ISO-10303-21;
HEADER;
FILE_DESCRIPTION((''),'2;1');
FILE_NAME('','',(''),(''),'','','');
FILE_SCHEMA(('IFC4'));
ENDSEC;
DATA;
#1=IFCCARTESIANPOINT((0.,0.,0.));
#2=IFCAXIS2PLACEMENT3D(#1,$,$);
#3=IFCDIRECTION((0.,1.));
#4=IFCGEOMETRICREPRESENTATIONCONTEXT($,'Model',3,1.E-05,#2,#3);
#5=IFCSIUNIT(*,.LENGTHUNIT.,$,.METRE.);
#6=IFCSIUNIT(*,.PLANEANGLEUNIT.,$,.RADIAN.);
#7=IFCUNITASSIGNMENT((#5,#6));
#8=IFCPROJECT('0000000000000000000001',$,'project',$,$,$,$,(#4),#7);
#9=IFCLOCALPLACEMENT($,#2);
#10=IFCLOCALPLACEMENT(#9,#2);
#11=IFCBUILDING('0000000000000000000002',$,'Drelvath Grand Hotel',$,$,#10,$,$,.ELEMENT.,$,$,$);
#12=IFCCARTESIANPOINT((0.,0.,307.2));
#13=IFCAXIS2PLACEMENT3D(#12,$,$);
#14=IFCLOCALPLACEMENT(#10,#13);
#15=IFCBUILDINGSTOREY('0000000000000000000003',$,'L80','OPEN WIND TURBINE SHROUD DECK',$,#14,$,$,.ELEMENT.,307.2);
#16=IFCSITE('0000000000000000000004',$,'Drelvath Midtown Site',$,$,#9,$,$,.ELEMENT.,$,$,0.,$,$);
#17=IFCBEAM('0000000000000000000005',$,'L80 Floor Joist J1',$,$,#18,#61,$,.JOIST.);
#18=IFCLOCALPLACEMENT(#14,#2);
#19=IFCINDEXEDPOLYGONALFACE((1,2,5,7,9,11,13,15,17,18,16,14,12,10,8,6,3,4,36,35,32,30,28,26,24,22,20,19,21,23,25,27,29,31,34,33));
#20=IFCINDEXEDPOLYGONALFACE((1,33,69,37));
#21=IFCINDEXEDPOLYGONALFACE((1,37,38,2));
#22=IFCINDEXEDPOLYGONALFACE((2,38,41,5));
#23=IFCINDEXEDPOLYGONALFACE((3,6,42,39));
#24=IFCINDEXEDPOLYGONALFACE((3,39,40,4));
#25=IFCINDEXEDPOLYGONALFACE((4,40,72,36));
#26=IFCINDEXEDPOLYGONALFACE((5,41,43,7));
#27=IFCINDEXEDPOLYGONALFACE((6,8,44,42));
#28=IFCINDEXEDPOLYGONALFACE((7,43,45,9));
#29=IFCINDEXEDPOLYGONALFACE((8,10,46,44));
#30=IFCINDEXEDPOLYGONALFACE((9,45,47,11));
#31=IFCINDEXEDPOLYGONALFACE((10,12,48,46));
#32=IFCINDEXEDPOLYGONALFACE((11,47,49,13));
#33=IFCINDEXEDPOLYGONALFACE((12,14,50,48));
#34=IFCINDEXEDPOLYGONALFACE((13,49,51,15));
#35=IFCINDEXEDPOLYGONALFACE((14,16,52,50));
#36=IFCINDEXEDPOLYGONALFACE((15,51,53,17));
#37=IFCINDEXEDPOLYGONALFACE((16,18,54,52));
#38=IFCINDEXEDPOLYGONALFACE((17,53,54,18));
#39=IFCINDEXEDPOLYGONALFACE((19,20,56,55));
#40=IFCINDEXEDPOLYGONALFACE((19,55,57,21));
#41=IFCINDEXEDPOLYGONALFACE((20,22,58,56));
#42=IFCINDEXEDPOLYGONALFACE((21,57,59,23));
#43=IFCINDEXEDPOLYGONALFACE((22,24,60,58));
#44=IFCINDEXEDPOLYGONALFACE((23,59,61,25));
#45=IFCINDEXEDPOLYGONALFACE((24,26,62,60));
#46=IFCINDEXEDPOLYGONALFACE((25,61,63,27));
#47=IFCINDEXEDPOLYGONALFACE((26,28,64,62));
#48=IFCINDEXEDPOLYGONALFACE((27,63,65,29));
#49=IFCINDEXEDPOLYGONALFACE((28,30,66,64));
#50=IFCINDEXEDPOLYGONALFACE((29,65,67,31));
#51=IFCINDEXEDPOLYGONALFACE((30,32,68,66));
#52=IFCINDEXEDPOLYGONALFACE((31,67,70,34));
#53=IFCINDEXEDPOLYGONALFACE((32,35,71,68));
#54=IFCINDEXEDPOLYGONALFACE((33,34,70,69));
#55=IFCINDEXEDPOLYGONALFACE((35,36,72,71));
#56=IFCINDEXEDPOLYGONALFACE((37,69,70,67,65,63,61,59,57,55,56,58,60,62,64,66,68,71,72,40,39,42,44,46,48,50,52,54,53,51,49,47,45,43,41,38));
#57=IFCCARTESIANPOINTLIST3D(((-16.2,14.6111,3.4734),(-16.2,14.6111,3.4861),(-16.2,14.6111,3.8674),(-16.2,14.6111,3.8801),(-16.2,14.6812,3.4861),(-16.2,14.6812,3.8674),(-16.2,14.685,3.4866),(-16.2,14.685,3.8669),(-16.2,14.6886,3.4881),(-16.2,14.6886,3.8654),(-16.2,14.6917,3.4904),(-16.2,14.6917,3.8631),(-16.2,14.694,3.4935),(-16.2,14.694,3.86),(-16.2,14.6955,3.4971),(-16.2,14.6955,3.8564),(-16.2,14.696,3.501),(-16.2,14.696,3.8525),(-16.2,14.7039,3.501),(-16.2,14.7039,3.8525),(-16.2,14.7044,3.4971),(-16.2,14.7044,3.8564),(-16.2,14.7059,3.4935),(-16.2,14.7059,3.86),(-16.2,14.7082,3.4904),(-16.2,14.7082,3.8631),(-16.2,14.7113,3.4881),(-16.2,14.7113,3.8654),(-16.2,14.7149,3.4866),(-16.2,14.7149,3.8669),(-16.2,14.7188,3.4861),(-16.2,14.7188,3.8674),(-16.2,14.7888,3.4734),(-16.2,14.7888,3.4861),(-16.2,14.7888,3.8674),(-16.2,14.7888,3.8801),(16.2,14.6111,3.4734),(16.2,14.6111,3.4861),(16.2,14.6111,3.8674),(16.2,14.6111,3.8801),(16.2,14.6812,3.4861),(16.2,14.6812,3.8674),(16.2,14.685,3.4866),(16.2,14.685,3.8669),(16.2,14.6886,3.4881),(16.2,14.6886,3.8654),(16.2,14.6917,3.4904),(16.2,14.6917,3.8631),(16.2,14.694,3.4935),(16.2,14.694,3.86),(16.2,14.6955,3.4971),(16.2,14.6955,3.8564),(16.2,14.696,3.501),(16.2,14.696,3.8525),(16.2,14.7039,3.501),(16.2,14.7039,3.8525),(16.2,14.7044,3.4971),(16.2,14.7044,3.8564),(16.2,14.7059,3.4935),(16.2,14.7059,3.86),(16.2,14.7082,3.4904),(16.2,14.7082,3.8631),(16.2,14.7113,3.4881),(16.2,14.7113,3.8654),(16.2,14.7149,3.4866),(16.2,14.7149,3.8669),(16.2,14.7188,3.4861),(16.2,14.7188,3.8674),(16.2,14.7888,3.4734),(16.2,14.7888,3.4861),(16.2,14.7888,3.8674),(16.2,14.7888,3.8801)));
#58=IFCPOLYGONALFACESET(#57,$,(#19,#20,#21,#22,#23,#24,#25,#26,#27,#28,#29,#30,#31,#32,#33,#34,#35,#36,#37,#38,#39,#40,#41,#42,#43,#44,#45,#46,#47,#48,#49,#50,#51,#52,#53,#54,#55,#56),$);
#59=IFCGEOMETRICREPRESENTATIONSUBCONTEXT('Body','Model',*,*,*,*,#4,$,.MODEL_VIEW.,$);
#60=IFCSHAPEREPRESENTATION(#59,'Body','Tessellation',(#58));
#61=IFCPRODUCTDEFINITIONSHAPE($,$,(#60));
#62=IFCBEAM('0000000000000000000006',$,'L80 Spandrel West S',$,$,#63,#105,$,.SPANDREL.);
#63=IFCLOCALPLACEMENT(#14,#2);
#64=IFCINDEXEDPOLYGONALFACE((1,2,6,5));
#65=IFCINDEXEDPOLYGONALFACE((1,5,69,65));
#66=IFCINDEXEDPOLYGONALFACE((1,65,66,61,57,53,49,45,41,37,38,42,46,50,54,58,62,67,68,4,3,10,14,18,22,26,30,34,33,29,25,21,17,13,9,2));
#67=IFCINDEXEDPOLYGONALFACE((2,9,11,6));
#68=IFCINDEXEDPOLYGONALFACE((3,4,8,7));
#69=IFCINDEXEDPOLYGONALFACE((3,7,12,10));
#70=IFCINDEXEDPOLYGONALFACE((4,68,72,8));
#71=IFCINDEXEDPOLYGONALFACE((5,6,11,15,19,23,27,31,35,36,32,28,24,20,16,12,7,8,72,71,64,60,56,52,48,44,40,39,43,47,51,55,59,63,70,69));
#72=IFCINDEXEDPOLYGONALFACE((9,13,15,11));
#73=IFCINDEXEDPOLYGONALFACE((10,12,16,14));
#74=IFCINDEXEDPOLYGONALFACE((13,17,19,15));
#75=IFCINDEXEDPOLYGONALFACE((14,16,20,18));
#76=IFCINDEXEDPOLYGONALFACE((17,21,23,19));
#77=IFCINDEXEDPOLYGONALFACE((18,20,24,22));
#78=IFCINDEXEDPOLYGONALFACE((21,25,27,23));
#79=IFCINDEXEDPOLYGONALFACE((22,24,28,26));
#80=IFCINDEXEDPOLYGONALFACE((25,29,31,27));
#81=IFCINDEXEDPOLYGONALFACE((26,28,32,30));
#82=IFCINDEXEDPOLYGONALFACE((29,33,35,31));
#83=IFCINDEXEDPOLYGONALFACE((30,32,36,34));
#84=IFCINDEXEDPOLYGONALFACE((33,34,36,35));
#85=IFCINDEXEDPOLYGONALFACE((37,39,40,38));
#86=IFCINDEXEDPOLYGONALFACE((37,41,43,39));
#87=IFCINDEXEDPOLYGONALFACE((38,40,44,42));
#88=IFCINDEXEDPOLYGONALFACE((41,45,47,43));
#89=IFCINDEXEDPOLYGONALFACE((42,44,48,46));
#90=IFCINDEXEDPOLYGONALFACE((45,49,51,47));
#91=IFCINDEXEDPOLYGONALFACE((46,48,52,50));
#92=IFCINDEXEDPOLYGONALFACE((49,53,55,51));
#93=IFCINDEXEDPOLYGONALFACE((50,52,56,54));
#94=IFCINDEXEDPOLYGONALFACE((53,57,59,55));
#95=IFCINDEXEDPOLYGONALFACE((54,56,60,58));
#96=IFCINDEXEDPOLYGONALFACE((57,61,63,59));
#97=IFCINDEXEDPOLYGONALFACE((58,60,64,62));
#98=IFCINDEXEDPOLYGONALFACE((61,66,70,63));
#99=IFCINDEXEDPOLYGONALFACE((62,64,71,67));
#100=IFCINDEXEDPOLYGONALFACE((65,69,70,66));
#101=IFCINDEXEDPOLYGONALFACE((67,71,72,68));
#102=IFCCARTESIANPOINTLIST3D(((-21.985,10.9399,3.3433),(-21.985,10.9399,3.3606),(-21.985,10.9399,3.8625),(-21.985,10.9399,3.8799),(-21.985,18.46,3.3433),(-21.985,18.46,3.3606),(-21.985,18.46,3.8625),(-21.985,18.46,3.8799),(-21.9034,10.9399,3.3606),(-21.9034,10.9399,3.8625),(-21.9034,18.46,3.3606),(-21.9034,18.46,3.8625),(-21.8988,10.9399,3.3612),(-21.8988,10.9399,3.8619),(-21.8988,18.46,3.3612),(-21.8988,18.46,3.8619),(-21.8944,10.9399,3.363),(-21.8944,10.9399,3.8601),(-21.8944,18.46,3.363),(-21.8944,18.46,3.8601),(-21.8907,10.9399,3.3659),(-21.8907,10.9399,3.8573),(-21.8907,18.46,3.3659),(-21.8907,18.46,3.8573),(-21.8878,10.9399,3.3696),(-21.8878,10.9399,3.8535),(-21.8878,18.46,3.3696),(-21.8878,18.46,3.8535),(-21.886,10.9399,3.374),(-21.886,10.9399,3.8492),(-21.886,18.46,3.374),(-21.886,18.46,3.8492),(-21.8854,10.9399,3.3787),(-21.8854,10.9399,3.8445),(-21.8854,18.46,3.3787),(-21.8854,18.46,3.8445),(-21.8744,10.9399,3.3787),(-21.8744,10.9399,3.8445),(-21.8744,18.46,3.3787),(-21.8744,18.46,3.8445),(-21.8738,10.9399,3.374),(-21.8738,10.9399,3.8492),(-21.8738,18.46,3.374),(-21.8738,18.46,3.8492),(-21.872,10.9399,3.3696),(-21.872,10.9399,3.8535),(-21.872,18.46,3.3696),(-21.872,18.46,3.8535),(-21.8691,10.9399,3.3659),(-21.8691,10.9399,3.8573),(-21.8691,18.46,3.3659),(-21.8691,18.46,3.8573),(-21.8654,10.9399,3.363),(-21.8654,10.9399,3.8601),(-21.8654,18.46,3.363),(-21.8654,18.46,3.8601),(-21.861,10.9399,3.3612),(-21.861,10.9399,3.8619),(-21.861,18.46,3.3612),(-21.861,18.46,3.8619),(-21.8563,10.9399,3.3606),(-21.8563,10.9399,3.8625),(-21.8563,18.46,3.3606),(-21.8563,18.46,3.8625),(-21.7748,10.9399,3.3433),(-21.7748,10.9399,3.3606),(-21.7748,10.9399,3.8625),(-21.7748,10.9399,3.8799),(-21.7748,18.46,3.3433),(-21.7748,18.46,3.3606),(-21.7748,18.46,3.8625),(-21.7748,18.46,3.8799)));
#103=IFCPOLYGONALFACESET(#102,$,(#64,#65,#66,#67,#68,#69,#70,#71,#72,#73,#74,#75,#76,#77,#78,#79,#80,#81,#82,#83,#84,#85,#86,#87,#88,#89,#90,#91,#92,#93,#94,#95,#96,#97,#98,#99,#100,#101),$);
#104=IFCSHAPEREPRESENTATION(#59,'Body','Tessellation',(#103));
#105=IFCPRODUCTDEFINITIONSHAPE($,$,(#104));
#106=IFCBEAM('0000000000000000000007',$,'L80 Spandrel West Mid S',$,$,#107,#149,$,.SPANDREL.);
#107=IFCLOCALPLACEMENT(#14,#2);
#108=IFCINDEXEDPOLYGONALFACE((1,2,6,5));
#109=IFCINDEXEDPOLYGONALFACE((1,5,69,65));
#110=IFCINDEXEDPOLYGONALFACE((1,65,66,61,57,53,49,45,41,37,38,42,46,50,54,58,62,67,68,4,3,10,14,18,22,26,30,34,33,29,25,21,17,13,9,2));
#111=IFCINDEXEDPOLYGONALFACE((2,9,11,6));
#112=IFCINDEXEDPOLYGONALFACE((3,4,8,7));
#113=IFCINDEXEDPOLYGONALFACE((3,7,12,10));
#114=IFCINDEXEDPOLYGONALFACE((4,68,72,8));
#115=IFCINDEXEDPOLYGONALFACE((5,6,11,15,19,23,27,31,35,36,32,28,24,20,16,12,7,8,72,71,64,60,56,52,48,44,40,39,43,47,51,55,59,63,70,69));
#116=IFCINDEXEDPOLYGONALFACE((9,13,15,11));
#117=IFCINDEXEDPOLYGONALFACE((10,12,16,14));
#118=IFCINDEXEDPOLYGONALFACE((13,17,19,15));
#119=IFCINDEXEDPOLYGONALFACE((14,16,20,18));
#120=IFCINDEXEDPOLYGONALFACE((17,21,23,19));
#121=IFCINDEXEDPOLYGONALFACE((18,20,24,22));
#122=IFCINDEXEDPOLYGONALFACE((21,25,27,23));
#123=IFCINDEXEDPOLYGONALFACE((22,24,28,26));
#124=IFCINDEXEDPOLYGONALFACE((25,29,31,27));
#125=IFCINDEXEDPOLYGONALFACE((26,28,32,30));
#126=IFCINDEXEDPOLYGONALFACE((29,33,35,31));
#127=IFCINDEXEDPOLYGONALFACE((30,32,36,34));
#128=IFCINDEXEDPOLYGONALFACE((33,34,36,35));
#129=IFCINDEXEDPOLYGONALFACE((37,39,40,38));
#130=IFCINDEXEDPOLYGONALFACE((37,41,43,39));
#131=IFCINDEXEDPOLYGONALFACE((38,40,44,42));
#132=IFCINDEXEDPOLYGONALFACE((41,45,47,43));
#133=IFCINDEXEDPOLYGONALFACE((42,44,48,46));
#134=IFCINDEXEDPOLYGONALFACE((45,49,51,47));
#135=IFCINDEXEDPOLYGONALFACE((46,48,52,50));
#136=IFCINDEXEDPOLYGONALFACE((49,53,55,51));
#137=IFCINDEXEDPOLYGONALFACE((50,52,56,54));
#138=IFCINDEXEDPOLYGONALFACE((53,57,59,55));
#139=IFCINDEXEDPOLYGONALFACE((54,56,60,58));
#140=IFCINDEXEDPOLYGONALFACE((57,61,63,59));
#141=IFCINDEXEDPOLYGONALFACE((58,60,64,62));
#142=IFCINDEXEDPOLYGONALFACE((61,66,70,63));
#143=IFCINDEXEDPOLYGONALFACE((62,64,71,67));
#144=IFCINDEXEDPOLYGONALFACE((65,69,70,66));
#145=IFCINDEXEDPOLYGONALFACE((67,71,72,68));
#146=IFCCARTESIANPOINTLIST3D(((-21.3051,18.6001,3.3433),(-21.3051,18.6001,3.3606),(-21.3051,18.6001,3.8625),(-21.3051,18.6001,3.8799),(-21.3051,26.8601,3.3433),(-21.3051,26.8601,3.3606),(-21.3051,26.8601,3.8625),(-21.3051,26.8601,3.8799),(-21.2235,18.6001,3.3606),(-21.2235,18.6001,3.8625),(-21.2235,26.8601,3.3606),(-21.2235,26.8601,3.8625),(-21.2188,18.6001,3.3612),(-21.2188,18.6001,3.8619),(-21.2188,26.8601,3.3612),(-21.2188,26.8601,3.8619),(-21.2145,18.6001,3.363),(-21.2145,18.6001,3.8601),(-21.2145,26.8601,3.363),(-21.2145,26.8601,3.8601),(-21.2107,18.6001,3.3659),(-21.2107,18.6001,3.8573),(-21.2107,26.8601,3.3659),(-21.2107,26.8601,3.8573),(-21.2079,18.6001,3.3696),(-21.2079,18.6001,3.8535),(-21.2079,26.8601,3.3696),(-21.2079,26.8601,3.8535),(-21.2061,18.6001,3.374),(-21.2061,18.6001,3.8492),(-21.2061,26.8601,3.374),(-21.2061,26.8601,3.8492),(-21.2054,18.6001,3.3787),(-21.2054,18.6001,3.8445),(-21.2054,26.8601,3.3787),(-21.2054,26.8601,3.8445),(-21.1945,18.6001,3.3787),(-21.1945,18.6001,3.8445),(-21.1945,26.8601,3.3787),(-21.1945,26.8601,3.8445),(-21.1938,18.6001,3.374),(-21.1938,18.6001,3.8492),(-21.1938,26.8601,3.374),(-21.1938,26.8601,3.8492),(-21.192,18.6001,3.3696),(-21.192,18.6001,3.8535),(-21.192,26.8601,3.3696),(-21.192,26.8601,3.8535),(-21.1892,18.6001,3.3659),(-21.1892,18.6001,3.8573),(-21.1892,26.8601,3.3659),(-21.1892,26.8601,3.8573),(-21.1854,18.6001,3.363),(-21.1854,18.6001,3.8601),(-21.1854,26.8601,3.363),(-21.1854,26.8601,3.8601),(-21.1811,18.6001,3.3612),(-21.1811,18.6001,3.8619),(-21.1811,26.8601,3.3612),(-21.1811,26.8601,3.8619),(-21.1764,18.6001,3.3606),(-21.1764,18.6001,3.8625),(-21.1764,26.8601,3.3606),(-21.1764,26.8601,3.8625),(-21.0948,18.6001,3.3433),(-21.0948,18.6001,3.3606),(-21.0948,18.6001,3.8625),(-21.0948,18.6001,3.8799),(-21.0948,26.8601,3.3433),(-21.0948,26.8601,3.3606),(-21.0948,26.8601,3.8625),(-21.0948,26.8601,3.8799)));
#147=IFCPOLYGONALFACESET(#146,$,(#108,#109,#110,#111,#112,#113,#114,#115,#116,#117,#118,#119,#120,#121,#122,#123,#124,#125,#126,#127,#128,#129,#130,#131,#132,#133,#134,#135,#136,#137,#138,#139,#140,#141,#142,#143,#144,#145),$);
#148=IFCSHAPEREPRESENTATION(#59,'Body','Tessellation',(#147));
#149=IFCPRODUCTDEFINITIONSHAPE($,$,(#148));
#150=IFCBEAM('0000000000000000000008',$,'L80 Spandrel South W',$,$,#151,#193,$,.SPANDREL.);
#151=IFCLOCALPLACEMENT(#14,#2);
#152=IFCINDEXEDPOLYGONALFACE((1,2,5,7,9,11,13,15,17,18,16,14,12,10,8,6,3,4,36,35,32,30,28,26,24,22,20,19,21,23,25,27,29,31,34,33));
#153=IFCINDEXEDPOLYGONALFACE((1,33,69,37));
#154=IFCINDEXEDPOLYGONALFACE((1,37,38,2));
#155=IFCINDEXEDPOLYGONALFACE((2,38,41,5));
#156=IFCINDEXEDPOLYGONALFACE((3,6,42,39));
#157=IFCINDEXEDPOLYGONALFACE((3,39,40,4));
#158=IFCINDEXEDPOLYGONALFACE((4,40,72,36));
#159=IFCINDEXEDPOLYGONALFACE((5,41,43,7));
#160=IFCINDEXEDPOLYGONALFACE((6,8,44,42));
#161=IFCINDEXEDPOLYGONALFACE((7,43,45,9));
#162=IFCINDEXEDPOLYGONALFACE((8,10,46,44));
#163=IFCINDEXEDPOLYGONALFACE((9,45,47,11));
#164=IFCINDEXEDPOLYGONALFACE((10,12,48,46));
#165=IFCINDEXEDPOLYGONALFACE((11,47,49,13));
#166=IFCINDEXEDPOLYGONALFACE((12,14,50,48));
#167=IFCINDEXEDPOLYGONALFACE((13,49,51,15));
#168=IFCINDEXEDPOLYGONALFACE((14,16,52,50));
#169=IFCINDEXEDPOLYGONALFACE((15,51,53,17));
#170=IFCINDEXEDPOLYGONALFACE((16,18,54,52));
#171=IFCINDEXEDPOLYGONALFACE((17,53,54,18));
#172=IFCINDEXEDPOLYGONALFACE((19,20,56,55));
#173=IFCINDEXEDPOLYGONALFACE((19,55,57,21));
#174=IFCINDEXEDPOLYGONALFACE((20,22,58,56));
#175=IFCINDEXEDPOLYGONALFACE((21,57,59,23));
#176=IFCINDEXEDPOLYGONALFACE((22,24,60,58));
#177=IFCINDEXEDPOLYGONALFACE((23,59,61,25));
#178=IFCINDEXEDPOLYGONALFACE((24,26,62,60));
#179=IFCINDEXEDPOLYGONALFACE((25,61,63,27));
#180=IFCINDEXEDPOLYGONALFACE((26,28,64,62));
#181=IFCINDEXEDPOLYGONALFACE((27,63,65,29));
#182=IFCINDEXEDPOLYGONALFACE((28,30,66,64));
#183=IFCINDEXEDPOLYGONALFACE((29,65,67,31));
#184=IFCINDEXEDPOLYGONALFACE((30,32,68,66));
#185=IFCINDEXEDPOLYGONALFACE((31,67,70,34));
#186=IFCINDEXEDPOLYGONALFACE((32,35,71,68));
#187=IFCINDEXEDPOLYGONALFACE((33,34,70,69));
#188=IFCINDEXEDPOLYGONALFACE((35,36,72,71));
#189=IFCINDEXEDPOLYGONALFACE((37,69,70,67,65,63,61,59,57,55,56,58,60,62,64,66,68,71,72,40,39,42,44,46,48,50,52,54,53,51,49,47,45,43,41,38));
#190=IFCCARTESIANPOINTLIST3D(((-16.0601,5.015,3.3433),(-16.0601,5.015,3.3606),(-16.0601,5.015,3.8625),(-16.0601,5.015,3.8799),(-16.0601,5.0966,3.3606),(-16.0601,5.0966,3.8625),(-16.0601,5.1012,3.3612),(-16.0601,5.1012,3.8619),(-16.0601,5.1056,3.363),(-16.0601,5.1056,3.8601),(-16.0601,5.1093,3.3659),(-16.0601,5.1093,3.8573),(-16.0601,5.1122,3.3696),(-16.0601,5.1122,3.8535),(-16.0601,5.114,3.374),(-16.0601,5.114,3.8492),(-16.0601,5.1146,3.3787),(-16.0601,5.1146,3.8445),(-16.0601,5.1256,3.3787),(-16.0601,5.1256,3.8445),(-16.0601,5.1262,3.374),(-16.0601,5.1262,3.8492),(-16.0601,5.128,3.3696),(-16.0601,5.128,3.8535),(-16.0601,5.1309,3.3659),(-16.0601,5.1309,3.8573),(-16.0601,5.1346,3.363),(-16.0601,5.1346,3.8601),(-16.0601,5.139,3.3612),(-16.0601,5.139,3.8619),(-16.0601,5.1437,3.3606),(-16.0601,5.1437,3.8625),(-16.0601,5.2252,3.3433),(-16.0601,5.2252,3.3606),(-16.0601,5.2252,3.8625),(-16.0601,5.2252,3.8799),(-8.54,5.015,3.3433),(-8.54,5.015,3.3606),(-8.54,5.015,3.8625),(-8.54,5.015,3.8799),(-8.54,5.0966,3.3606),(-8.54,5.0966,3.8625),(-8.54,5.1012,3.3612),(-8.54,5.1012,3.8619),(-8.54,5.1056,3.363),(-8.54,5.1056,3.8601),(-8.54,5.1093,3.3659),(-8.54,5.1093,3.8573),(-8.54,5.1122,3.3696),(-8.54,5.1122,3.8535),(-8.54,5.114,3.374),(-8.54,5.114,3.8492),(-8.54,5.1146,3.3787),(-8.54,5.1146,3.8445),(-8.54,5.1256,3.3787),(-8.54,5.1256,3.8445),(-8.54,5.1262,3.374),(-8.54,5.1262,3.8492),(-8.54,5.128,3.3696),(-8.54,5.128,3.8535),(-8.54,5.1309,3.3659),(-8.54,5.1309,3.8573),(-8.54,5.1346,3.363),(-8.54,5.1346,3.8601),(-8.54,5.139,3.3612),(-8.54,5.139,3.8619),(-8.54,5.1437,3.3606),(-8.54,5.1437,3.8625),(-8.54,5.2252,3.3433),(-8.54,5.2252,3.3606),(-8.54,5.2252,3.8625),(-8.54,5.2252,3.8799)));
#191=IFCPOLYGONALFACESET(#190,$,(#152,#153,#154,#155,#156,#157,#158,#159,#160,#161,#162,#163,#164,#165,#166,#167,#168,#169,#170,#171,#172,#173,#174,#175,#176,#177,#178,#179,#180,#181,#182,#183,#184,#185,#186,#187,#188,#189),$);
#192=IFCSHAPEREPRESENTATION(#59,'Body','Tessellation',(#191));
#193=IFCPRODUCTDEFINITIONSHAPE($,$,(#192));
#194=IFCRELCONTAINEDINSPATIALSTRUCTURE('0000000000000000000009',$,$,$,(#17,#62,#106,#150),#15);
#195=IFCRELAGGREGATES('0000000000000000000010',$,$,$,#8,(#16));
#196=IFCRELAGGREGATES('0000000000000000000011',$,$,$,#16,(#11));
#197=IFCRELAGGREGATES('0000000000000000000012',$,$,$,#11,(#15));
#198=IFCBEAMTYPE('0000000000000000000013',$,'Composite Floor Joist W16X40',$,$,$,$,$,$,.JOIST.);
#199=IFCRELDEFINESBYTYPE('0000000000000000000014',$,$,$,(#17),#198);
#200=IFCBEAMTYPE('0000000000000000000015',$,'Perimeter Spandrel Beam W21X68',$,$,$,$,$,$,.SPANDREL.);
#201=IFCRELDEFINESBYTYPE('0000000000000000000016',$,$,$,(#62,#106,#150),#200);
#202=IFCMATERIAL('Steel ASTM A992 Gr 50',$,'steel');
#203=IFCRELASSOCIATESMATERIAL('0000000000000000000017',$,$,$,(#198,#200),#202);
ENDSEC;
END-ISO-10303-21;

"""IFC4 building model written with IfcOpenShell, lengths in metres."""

from ifc_helpers import new_model, si_unit, direction, frame, origin, origin_2d, place, context, subcontext, project, spatial, i_section, extrude, material, material_profile, profile_set, type_object, element, save


model = new_model("IFC4")

# Units and contexts
model_context = context("Model", 3, precision=1e-05, world=origin(), true_north=direction((0.0, 1.0)))
body_context = subcontext(model_context, "Body", "Model", "MODEL_VIEW")
ifc_project = project(units=[si_unit("LENGTHUNIT", "METRE"), si_unit("PLANEANGLEUNIT", "RADIAN")], contexts=[model_context])

# Site, building, storey
site_placement = place(None, origin())
site = spatial("IfcSite", under=ifc_project, at=site_placement, Name="Drelvath Midtown Site", CompositionType="ELEMENT", RefElevation=0.0)
building_placement = place(site_placement, origin())
building = spatial("IfcBuilding", under=site, at=building_placement, Name="Drelvath Grand Hotel", CompositionType="ELEMENT")
storey_placement = place(building_placement, frame((0.0, 0.0, 307.2)))
storey = spatial("IfcBuildingStorey", under=building, at=storey_placement, Name="L80", Description="OPEN WIND TURBINE SHROUD DECK", CompositionType="ELEMENT", Elevation=307.2)

# Beams
ifc_material_1 = material(Name="Steel ASTM A992 Gr 50", Category="steel")
ifc_material_profile_1 = material_profile(ifc_material_1, i_section(OverallWidth=0.1777, OverallDepth=0.4067, WebThickness=0.0078, FlangeThickness=0.0127, FilletRadius=0.0149, at=origin_2d()), Name="W16X40")
ifc_profile_set_1 = profile_set([ifc_material_profile_1], Name="Steel ASTM A992 Gr 50")
beam_type_1 = type_object("IfcBeamType", Name="Composite Floor Joist W16X40", PredefinedType="JOIST", material=ifc_profile_set_1)
beam_1_placement = place(storey_placement, frame((-16.2, 14.7, 3.6768), z_axis=(1.0, 0.0, 0.0), x_axis=(0.0, 1.0, 0.0)))
element("IfcBeam", 1, at=beam_1_placement, inside=storey, type_object=beam_type_1, Name="L80 Floor Joist J1", PredefinedType="JOIST", context=body_context, shape_type="SweptSolid", body=[
    extrude(i_section(OverallWidth=0.1777, OverallDepth=0.4067, WebThickness=0.0078, FlangeThickness=0.0127, FilletRadius=0.0149, at=origin_2d()), origin(), (0.0, 0.0, 1.0), 32.3999),
])
ifc_material_profile_2 = material_profile(ifc_material_1, i_section(OverallWidth=0.2102, OverallDepth=0.5366, WebThickness=0.011, FlangeThickness=0.0173, FilletRadius=0.0181, at=origin_2d()), Name="W21X68")
ifc_profile_set_2 = profile_set([ifc_material_profile_2], Name="Steel ASTM A992 Gr 50")
beam_type_2 = type_object("IfcBeamType", Name="Perimeter Spandrel Beam W21X68", PredefinedType="SPANDREL", material=ifc_profile_set_2)
beam_2_placement = place(storey_placement, frame((-21.8799, 10.9399, 3.6116), z_axis=(0.0, 1.0, 0.0), x_axis=(-1.0, 0.0, 0.0)))
element("IfcBeam", 2, at=beam_2_placement, inside=storey, type_object=beam_type_2, Name="L80 Spandrel West S", PredefinedType="SPANDREL", context=body_context, shape_type="SweptSolid", body=[
    extrude(i_section(OverallWidth=0.2102, OverallDepth=0.5366, WebThickness=0.011, FlangeThickness=0.0173, FilletRadius=0.0181, at=origin_2d()), origin(), (0.0, 0.0, 1.0), 7.52),
])
beam_3_placement = place(storey_placement, frame((-21.2, 18.6001, 3.6116), z_axis=(0.0, 1.0, 0.0), x_axis=(-1.0, 0.0, 0.0)))
element("IfcBeam", 3, at=beam_3_placement, inside=storey, type_object=beam_type_2, Name="L80 Spandrel West Mid S", PredefinedType="SPANDREL", context=body_context, shape_type="SweptSolid", body=[
    extrude(i_section(OverallWidth=0.2102, OverallDepth=0.5366, WebThickness=0.011, FlangeThickness=0.0173, FilletRadius=0.0181, at=origin_2d()), origin(), (0.0, 0.0, 1.0), 8.26),
])
beam_4_placement = place(storey_placement, frame((-16.0601, 5.1201, 3.6116), z_axis=(1.0, 0.0, 0.0), x_axis=(0.0, 1.0, 0.0)))
element("IfcBeam", 4, at=beam_4_placement, inside=storey, type_object=beam_type_2, Name="L80 Spandrel South W", PredefinedType="SPANDREL", context=body_context, shape_type="SweptSolid", body=[
    extrude(i_section(OverallWidth=0.2102, OverallDepth=0.5366, WebThickness=0.011, FlangeThickness=0.0173, FilletRadius=0.0181, at=origin_2d()), origin(), (0.0, 0.0, 1.0), 7.52),
])

save(model, "model.ifc")
